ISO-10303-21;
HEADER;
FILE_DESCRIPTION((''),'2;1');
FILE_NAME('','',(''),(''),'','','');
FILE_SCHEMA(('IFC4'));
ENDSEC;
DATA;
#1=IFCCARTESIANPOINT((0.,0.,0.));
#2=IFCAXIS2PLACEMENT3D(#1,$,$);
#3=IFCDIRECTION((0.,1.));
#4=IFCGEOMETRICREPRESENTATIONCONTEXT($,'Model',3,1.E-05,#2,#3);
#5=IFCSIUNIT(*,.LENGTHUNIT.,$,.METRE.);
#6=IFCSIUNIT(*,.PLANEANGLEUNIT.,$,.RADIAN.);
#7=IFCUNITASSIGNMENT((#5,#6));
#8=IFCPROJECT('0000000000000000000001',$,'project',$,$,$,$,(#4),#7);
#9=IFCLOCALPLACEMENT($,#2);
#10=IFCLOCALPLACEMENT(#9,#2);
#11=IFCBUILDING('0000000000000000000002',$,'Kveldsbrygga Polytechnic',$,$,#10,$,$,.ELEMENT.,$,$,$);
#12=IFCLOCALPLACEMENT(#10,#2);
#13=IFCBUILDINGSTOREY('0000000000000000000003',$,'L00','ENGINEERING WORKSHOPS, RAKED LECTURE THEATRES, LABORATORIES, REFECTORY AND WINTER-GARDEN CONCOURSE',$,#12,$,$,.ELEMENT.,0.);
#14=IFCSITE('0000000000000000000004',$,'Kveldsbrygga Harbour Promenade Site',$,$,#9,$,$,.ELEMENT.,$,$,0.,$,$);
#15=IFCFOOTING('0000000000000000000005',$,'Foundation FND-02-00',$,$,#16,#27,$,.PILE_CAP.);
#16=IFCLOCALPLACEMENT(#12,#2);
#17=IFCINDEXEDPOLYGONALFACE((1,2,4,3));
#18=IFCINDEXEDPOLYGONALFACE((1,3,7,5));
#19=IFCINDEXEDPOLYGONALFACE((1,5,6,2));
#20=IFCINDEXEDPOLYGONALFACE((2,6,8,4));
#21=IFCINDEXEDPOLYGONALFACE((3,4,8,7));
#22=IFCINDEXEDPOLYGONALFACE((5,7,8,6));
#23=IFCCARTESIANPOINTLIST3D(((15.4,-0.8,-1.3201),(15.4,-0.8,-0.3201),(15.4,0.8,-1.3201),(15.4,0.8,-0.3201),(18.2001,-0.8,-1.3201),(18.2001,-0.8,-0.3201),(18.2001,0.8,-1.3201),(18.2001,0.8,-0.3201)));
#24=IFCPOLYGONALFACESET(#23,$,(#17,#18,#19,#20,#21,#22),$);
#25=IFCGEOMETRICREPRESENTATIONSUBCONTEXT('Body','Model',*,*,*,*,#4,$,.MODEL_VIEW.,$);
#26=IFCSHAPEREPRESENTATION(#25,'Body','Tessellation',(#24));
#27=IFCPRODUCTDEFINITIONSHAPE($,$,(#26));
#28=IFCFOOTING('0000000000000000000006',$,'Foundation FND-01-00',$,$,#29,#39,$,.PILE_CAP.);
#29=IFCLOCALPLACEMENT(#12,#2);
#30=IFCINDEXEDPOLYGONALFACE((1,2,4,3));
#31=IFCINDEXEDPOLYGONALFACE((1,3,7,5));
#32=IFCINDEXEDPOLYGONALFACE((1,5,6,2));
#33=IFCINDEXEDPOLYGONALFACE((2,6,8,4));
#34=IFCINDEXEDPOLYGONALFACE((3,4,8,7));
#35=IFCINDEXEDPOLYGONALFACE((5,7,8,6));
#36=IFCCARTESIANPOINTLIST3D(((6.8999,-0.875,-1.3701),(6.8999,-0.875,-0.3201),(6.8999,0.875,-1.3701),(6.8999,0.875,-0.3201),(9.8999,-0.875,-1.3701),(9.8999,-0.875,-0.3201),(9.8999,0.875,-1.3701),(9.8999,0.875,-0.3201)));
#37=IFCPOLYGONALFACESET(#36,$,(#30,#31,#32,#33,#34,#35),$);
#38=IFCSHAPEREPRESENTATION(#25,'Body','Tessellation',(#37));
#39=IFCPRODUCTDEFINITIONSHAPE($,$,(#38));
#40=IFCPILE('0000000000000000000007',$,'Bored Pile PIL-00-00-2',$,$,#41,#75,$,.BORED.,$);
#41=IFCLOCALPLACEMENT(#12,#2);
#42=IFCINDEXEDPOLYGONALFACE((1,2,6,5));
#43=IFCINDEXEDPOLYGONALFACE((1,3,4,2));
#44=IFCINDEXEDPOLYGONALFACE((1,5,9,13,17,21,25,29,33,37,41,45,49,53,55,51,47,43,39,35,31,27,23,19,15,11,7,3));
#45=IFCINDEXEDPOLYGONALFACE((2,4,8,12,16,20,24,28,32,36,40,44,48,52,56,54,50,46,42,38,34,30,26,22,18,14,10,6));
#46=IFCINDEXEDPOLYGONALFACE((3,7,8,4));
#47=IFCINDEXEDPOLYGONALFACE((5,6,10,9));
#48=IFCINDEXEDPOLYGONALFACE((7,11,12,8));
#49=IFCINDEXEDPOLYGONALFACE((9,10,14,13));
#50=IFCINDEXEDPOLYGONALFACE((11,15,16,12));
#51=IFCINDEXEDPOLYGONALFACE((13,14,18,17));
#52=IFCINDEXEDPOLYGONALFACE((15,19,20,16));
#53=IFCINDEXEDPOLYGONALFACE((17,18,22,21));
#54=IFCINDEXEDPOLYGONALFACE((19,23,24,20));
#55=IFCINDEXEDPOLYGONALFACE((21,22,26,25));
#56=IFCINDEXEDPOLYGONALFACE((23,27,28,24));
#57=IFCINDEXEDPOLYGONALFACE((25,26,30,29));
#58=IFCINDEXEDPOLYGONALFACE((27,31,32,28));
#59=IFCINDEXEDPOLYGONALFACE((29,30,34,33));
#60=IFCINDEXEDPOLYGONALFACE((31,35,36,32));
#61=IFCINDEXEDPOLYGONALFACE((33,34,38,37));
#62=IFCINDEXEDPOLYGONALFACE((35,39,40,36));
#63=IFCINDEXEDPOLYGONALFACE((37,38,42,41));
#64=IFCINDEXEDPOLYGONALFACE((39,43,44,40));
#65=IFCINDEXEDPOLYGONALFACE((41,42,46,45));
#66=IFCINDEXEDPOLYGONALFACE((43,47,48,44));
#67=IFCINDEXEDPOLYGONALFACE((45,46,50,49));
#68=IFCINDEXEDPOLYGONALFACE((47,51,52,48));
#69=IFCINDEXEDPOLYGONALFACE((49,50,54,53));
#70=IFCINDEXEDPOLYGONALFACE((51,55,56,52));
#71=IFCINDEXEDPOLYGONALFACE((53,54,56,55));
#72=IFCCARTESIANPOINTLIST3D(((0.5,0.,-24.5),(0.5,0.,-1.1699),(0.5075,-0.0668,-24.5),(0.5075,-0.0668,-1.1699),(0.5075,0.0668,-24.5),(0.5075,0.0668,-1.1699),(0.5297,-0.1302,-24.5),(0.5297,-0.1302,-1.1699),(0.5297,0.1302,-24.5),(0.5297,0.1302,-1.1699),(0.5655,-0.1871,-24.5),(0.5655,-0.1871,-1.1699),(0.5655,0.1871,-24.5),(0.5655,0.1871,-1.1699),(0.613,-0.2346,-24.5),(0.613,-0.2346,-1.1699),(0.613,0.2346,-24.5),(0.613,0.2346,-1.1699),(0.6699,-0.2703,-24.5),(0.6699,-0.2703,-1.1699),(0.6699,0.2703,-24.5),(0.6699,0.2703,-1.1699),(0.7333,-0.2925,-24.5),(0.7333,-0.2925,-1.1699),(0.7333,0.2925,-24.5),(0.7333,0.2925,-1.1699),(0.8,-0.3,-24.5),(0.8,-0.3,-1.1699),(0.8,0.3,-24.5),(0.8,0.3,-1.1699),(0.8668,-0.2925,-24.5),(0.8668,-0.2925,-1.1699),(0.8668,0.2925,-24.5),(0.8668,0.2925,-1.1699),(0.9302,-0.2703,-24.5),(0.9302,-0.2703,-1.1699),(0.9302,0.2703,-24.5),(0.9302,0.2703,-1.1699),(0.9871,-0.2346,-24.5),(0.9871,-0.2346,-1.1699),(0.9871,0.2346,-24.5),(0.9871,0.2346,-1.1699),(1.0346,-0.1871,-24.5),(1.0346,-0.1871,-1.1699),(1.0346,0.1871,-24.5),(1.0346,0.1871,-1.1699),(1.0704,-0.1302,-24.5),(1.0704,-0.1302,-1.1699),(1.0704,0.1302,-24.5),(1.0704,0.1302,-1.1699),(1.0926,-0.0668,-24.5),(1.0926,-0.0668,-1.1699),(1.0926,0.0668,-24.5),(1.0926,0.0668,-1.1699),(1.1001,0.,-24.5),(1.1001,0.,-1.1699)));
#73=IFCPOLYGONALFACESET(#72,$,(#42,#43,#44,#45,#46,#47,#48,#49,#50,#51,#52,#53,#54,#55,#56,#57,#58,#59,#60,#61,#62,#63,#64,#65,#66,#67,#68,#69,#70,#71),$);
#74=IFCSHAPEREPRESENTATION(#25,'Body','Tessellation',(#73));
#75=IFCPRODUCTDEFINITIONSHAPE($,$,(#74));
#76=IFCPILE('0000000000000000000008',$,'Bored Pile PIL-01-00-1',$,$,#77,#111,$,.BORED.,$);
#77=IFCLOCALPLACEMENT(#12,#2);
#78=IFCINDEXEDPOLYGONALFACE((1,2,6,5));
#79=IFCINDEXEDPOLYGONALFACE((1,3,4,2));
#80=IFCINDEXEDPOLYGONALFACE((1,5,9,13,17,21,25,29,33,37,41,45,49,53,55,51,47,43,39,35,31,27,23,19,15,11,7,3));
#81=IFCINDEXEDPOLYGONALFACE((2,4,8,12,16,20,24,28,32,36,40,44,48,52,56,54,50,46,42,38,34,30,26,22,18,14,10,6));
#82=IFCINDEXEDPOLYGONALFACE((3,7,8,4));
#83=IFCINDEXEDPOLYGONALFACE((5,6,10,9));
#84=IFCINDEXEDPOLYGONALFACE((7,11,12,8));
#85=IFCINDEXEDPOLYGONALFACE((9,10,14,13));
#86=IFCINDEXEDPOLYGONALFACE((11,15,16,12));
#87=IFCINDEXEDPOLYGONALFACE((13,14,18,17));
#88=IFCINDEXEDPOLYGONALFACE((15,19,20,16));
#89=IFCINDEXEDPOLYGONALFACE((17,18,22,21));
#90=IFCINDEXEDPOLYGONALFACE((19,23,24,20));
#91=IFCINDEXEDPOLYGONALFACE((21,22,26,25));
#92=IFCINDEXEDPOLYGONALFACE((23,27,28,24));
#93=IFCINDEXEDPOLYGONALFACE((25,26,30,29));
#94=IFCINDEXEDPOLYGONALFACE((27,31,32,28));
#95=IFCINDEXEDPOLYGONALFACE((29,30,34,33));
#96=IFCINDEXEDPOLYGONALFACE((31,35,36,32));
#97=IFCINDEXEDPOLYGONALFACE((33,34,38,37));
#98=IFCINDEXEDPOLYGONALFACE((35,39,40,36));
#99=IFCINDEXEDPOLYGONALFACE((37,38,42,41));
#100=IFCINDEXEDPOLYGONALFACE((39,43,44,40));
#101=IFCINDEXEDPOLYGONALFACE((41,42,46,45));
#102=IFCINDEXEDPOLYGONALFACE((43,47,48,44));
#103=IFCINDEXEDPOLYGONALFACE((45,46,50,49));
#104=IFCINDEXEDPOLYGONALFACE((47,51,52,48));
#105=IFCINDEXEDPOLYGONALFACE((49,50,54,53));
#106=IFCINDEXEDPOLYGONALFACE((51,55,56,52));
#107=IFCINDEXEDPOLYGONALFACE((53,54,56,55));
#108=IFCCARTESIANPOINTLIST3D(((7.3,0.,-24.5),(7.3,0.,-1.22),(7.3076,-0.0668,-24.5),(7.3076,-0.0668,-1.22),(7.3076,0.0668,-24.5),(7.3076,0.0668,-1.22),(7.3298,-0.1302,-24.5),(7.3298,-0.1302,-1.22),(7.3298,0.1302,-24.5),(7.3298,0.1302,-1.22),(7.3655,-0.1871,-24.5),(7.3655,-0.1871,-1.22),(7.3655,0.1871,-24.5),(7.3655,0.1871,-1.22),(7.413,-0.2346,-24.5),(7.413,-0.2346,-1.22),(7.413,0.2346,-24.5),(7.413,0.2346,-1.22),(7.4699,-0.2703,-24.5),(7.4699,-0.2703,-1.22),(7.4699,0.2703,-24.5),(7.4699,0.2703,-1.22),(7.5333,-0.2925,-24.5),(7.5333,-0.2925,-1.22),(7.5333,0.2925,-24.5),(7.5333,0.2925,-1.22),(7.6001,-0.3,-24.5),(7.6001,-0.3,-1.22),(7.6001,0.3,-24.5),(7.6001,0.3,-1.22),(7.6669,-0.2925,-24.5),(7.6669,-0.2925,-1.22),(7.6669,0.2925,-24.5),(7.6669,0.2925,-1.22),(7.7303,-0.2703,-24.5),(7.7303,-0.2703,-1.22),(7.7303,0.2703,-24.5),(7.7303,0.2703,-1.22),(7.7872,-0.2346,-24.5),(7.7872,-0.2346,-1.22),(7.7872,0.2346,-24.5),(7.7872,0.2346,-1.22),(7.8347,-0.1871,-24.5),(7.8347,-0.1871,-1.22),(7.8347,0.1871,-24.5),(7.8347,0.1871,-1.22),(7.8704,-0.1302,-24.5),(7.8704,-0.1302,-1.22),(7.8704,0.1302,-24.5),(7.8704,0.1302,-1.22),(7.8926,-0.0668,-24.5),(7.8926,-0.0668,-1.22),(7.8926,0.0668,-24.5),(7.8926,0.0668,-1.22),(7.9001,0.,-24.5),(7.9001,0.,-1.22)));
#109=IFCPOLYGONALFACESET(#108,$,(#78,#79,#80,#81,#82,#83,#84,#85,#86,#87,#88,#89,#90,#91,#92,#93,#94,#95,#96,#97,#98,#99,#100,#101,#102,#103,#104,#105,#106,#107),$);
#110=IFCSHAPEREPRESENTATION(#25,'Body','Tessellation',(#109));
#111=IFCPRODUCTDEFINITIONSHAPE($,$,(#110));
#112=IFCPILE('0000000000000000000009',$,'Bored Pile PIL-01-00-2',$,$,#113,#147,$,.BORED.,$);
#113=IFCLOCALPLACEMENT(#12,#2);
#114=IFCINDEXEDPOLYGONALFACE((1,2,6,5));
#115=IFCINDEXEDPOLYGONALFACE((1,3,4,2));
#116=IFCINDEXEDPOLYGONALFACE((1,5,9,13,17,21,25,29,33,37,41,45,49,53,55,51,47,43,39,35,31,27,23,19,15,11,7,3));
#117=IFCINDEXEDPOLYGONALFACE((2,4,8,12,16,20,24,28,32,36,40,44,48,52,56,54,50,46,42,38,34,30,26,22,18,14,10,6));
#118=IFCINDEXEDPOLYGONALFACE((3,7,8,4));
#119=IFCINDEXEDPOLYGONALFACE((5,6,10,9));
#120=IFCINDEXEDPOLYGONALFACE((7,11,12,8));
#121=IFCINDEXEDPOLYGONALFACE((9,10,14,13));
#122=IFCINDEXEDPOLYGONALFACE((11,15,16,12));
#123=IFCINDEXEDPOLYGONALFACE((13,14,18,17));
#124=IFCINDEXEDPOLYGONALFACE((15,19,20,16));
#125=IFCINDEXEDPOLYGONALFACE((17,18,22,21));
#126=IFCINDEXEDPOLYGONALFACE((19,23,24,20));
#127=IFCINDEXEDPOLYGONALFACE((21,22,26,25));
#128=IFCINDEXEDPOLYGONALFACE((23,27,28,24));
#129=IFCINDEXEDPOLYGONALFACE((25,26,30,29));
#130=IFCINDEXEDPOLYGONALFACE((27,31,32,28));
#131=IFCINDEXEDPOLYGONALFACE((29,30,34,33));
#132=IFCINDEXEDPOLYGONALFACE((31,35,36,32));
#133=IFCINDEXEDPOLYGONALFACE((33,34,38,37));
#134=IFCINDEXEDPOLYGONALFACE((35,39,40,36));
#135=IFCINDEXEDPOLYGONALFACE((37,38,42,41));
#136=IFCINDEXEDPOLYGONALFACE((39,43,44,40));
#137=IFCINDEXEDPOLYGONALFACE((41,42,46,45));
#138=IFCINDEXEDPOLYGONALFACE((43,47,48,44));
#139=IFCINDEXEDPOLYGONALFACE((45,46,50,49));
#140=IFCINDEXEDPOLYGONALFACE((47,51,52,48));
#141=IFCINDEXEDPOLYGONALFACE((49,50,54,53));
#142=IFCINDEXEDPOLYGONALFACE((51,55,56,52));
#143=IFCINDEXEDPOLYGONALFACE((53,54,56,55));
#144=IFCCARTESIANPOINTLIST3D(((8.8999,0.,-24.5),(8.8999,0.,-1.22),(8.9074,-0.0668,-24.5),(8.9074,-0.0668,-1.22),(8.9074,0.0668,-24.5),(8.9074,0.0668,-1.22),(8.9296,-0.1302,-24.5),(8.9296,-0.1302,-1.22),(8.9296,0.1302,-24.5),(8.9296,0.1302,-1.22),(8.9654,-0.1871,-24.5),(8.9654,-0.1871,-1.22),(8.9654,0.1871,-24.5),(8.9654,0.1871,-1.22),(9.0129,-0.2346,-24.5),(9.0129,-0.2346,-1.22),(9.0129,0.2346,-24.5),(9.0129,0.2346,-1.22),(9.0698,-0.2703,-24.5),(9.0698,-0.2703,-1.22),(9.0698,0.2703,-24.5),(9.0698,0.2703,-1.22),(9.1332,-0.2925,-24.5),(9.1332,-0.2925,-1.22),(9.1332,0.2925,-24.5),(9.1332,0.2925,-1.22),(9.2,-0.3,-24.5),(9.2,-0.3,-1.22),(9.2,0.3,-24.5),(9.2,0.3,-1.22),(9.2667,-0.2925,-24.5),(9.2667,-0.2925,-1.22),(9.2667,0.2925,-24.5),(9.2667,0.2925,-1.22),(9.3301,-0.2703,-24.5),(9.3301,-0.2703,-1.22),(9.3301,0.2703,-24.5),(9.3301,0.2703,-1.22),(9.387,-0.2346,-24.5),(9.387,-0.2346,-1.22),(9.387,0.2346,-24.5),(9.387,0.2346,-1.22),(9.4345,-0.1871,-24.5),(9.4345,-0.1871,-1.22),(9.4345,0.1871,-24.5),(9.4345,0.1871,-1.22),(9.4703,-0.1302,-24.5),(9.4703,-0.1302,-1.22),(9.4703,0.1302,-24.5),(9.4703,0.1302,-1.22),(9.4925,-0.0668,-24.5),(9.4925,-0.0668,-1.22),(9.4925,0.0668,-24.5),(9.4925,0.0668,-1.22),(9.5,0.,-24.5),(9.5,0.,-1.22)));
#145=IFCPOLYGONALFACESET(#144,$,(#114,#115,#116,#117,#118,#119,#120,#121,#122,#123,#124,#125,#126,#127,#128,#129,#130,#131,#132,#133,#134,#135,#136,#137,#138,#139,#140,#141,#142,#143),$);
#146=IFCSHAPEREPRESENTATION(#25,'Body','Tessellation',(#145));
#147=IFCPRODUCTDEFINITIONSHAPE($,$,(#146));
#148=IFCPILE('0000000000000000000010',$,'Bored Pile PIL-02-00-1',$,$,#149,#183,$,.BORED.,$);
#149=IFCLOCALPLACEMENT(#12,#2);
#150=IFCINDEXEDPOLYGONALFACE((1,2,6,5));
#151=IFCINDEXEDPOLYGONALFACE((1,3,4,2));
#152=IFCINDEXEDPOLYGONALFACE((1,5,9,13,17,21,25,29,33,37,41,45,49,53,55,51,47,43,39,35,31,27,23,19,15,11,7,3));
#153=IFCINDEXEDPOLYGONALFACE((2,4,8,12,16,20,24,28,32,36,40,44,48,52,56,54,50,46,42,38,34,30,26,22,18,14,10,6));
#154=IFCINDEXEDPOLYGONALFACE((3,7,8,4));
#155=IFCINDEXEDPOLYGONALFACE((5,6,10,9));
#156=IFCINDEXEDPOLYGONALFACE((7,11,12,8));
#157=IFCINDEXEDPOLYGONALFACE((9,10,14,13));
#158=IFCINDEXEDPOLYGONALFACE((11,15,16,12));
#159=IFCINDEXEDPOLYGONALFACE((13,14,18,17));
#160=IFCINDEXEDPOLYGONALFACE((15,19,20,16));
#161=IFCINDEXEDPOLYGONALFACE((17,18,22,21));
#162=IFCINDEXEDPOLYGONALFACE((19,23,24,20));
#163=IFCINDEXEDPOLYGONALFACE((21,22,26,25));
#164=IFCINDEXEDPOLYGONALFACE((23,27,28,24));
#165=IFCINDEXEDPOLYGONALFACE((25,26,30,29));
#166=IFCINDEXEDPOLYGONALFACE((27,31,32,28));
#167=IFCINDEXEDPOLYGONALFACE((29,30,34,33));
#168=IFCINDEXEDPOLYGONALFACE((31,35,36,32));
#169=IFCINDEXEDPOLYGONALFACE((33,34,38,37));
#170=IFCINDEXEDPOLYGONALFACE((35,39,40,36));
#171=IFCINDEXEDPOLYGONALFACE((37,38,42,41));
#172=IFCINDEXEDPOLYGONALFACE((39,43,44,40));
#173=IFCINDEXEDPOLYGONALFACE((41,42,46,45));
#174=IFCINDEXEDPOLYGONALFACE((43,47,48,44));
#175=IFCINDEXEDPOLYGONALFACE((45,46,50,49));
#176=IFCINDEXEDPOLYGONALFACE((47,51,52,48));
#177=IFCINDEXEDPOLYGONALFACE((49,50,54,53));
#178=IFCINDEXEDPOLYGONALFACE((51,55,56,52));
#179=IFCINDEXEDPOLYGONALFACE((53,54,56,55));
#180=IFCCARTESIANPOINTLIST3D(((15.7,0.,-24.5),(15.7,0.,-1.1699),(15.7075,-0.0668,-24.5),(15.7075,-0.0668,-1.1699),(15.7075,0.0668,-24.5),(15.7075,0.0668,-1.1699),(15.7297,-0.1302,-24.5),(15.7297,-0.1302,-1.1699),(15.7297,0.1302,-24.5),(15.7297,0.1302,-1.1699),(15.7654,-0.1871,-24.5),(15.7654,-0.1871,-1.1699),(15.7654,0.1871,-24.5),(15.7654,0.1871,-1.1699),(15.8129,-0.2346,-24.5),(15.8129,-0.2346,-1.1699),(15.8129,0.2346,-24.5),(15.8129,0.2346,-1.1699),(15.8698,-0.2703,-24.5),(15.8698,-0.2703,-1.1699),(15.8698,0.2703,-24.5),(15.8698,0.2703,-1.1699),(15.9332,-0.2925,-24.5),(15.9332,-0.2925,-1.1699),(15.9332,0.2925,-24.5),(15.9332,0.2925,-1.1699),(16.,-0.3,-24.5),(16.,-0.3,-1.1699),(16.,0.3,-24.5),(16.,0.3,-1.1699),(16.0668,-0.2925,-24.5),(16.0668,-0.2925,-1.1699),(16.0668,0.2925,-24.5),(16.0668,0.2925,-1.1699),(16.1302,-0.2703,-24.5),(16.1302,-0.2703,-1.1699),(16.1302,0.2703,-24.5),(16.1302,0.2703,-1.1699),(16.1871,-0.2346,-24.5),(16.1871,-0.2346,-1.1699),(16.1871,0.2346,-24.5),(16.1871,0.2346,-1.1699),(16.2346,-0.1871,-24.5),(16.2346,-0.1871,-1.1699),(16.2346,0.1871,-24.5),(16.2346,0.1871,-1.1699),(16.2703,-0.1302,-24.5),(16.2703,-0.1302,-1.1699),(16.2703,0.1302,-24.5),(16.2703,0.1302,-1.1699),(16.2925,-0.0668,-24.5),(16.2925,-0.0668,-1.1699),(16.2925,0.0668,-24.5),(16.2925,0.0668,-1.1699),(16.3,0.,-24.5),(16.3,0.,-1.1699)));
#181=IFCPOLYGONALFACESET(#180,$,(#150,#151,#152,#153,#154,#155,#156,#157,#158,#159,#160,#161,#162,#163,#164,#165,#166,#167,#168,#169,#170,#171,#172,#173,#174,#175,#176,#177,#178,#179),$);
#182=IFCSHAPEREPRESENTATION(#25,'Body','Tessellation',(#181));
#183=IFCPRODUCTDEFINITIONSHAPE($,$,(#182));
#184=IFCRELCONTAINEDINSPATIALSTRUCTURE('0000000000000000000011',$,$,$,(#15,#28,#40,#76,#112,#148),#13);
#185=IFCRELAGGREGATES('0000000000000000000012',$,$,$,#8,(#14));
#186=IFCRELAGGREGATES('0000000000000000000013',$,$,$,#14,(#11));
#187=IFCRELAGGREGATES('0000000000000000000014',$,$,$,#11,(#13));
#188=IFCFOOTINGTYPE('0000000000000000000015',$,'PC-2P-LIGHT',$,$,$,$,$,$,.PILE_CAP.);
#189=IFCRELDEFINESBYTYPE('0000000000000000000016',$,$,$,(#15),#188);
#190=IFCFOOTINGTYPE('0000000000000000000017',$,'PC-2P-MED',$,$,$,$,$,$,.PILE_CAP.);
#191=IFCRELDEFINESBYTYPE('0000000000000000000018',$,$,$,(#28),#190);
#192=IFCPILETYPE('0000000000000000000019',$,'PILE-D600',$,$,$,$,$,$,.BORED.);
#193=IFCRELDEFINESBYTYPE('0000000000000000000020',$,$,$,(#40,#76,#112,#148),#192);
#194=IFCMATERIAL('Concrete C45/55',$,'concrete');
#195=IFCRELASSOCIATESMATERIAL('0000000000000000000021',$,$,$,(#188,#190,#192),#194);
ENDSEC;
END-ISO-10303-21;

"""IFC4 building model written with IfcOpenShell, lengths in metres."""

from ifc_helpers import new_model, si_unit, direction, frame, origin, origin_2d, place, context, subcontext, project, spatial, rectangle, circle, extrude, material, material_profile, profile_set, type_object, element, save


model = new_model("IFC4")

# Units and contexts
model_context = context("Model", 3, precision=1e-05, world=origin(), true_north=direction((0.0, 1.0)))
body_context = subcontext(model_context, "Body", "Model", "MODEL_VIEW")
ifc_project = project(units=[si_unit("LENGTHUNIT", "METRE"), si_unit("PLANEANGLEUNIT", "RADIAN")], contexts=[model_context])

# Site, building, storey
site_placement = place(None, origin())
site = spatial("IfcSite", under=ifc_project, at=site_placement, Name="Kveldsbrygga Harbour Promenade Site", CompositionType="ELEMENT", RefElevation=0.0)
building_placement = place(site_placement, origin())
building = spatial("IfcBuilding", under=site, at=building_placement, Name="Kveldsbrygga Polytechnic", CompositionType="ELEMENT")
storey_placement = place(building_placement, origin())
storey = spatial("IfcBuildingStorey", under=building, at=storey_placement, Name="L00", Description="ENGINEERING WORKSHOPS, RAKED LECTURE THEATRES, LABORATORIES, REFECTORY AND WINTER-GARDEN CONCOURSE", CompositionType="ELEMENT", Elevation=0.0)

# Footings
ifc_material_1 = material(Name="Concrete C45/55", Category="concrete")
footing_type_1 = type_object("IfcFootingType", Name="PC-2P-LIGHT", PredefinedType="PILE_CAP", material=ifc_material_1)
footing_1_placement = place(storey_placement, frame((16.8, 0.0, -1.3201), z_axis=(0.0, 0.0, 1.0), x_axis=(1.0, 0.0, 0.0)))
element("IfcFooting", 1, at=footing_1_placement, inside=storey, type_object=footing_type_1, Name="Foundation FND-02-00", PredefinedType="PILE_CAP", context=body_context, shape_type="SweptSolid", body=[
    extrude(rectangle(XDim=2.8, YDim=1.6001, at=origin_2d()), origin(), (0.0, 0.0, 1.0), 1.0),
])
footing_type_2 = type_object("IfcFootingType", Name="PC-2P-MED", PredefinedType="PILE_CAP", material=ifc_material_1)
footing_2_placement = place(storey_placement, frame((8.3999, 0.0, -1.3701), z_axis=(0.0, 0.0, 1.0), x_axis=(1.0, 0.0, 0.0)))
element("IfcFooting", 2, at=footing_2_placement, inside=storey, type_object=footing_type_2, Name="Foundation FND-01-00", PredefinedType="PILE_CAP", context=body_context, shape_type="SweptSolid", body=[
    extrude(rectangle(XDim=3.0, YDim=1.75, at=origin_2d()), origin(), (0.0, 0.0, 1.0), 1.05),
])

# Piles
ifc_material_profile_1 = material_profile(ifc_material_1, circle(Radius=0.3, at=origin_2d()), Name="PILE D600")
ifc_profile_set_1 = profile_set([ifc_material_profile_1], Name="Concrete C45/55")
pile_type = type_object("IfcPileType", Name="PILE-D600", PredefinedType="BORED", material=ifc_profile_set_1)
pile_placement = place(storey_placement, frame((0.8, 0.0, -1.1699), z_axis=(0.0, 0.0, -1.0), x_axis=(1.0, 0.0, 0.0)))
element("IfcPile", 3, at=pile_placement, inside=storey, type_object=pile_type, Name="Bored Pile PIL-00-00-2", PredefinedType="BORED", context=body_context, shape_type="SweptSolid", body=[
    extrude(circle(Radius=0.3, at=origin_2d()), origin(), (0.0, 0.0, 1.0), 23.3301),
])
for number, where, z_axis, x_axis, name in (
    (4, (7.6001, 0.0, -1.22), (0.0, 0.0, -1.0), (1.0, 0.0, 0.0), "Bored Pile PIL-01-00-1"),
    (5, (9.2, 0.0, -1.22), (0.0, 0.0, -1.0), (1.0, 0.0, 0.0), "Bored Pile PIL-01-00-2"),
):
    element("IfcPile", number, at=place(storey_placement, frame(where, z_axis=z_axis, x_axis=x_axis)), inside=storey, type_object=pile_type, Name=name, PredefinedType="BORED", context=body_context, shape_type="SweptSolid", body=[
        extrude(circle(Radius=0.3, at=origin_2d()), origin(), (0.0, 0.0, 1.0), 23.28),
    ])
for number, where, z_axis, x_axis, name in (
    (6, (16.0, 0.0, -1.1699), (0.0, 0.0, -1.0), (1.0, 0.0, 0.0), "Bored Pile PIL-02-00-1"),
):
    element("IfcPile", number, at=place(storey_placement, frame(where, z_axis=z_axis, x_axis=x_axis)), inside=storey, type_object=pile_type, Name=name, PredefinedType="BORED", context=body_context, shape_type="SweptSolid", body=[
        extrude(circle(Radius=0.3, at=origin_2d()), origin(), (0.0, 0.0, 1.0), 23.3301),
    ])

save(model, "model.ifc")
